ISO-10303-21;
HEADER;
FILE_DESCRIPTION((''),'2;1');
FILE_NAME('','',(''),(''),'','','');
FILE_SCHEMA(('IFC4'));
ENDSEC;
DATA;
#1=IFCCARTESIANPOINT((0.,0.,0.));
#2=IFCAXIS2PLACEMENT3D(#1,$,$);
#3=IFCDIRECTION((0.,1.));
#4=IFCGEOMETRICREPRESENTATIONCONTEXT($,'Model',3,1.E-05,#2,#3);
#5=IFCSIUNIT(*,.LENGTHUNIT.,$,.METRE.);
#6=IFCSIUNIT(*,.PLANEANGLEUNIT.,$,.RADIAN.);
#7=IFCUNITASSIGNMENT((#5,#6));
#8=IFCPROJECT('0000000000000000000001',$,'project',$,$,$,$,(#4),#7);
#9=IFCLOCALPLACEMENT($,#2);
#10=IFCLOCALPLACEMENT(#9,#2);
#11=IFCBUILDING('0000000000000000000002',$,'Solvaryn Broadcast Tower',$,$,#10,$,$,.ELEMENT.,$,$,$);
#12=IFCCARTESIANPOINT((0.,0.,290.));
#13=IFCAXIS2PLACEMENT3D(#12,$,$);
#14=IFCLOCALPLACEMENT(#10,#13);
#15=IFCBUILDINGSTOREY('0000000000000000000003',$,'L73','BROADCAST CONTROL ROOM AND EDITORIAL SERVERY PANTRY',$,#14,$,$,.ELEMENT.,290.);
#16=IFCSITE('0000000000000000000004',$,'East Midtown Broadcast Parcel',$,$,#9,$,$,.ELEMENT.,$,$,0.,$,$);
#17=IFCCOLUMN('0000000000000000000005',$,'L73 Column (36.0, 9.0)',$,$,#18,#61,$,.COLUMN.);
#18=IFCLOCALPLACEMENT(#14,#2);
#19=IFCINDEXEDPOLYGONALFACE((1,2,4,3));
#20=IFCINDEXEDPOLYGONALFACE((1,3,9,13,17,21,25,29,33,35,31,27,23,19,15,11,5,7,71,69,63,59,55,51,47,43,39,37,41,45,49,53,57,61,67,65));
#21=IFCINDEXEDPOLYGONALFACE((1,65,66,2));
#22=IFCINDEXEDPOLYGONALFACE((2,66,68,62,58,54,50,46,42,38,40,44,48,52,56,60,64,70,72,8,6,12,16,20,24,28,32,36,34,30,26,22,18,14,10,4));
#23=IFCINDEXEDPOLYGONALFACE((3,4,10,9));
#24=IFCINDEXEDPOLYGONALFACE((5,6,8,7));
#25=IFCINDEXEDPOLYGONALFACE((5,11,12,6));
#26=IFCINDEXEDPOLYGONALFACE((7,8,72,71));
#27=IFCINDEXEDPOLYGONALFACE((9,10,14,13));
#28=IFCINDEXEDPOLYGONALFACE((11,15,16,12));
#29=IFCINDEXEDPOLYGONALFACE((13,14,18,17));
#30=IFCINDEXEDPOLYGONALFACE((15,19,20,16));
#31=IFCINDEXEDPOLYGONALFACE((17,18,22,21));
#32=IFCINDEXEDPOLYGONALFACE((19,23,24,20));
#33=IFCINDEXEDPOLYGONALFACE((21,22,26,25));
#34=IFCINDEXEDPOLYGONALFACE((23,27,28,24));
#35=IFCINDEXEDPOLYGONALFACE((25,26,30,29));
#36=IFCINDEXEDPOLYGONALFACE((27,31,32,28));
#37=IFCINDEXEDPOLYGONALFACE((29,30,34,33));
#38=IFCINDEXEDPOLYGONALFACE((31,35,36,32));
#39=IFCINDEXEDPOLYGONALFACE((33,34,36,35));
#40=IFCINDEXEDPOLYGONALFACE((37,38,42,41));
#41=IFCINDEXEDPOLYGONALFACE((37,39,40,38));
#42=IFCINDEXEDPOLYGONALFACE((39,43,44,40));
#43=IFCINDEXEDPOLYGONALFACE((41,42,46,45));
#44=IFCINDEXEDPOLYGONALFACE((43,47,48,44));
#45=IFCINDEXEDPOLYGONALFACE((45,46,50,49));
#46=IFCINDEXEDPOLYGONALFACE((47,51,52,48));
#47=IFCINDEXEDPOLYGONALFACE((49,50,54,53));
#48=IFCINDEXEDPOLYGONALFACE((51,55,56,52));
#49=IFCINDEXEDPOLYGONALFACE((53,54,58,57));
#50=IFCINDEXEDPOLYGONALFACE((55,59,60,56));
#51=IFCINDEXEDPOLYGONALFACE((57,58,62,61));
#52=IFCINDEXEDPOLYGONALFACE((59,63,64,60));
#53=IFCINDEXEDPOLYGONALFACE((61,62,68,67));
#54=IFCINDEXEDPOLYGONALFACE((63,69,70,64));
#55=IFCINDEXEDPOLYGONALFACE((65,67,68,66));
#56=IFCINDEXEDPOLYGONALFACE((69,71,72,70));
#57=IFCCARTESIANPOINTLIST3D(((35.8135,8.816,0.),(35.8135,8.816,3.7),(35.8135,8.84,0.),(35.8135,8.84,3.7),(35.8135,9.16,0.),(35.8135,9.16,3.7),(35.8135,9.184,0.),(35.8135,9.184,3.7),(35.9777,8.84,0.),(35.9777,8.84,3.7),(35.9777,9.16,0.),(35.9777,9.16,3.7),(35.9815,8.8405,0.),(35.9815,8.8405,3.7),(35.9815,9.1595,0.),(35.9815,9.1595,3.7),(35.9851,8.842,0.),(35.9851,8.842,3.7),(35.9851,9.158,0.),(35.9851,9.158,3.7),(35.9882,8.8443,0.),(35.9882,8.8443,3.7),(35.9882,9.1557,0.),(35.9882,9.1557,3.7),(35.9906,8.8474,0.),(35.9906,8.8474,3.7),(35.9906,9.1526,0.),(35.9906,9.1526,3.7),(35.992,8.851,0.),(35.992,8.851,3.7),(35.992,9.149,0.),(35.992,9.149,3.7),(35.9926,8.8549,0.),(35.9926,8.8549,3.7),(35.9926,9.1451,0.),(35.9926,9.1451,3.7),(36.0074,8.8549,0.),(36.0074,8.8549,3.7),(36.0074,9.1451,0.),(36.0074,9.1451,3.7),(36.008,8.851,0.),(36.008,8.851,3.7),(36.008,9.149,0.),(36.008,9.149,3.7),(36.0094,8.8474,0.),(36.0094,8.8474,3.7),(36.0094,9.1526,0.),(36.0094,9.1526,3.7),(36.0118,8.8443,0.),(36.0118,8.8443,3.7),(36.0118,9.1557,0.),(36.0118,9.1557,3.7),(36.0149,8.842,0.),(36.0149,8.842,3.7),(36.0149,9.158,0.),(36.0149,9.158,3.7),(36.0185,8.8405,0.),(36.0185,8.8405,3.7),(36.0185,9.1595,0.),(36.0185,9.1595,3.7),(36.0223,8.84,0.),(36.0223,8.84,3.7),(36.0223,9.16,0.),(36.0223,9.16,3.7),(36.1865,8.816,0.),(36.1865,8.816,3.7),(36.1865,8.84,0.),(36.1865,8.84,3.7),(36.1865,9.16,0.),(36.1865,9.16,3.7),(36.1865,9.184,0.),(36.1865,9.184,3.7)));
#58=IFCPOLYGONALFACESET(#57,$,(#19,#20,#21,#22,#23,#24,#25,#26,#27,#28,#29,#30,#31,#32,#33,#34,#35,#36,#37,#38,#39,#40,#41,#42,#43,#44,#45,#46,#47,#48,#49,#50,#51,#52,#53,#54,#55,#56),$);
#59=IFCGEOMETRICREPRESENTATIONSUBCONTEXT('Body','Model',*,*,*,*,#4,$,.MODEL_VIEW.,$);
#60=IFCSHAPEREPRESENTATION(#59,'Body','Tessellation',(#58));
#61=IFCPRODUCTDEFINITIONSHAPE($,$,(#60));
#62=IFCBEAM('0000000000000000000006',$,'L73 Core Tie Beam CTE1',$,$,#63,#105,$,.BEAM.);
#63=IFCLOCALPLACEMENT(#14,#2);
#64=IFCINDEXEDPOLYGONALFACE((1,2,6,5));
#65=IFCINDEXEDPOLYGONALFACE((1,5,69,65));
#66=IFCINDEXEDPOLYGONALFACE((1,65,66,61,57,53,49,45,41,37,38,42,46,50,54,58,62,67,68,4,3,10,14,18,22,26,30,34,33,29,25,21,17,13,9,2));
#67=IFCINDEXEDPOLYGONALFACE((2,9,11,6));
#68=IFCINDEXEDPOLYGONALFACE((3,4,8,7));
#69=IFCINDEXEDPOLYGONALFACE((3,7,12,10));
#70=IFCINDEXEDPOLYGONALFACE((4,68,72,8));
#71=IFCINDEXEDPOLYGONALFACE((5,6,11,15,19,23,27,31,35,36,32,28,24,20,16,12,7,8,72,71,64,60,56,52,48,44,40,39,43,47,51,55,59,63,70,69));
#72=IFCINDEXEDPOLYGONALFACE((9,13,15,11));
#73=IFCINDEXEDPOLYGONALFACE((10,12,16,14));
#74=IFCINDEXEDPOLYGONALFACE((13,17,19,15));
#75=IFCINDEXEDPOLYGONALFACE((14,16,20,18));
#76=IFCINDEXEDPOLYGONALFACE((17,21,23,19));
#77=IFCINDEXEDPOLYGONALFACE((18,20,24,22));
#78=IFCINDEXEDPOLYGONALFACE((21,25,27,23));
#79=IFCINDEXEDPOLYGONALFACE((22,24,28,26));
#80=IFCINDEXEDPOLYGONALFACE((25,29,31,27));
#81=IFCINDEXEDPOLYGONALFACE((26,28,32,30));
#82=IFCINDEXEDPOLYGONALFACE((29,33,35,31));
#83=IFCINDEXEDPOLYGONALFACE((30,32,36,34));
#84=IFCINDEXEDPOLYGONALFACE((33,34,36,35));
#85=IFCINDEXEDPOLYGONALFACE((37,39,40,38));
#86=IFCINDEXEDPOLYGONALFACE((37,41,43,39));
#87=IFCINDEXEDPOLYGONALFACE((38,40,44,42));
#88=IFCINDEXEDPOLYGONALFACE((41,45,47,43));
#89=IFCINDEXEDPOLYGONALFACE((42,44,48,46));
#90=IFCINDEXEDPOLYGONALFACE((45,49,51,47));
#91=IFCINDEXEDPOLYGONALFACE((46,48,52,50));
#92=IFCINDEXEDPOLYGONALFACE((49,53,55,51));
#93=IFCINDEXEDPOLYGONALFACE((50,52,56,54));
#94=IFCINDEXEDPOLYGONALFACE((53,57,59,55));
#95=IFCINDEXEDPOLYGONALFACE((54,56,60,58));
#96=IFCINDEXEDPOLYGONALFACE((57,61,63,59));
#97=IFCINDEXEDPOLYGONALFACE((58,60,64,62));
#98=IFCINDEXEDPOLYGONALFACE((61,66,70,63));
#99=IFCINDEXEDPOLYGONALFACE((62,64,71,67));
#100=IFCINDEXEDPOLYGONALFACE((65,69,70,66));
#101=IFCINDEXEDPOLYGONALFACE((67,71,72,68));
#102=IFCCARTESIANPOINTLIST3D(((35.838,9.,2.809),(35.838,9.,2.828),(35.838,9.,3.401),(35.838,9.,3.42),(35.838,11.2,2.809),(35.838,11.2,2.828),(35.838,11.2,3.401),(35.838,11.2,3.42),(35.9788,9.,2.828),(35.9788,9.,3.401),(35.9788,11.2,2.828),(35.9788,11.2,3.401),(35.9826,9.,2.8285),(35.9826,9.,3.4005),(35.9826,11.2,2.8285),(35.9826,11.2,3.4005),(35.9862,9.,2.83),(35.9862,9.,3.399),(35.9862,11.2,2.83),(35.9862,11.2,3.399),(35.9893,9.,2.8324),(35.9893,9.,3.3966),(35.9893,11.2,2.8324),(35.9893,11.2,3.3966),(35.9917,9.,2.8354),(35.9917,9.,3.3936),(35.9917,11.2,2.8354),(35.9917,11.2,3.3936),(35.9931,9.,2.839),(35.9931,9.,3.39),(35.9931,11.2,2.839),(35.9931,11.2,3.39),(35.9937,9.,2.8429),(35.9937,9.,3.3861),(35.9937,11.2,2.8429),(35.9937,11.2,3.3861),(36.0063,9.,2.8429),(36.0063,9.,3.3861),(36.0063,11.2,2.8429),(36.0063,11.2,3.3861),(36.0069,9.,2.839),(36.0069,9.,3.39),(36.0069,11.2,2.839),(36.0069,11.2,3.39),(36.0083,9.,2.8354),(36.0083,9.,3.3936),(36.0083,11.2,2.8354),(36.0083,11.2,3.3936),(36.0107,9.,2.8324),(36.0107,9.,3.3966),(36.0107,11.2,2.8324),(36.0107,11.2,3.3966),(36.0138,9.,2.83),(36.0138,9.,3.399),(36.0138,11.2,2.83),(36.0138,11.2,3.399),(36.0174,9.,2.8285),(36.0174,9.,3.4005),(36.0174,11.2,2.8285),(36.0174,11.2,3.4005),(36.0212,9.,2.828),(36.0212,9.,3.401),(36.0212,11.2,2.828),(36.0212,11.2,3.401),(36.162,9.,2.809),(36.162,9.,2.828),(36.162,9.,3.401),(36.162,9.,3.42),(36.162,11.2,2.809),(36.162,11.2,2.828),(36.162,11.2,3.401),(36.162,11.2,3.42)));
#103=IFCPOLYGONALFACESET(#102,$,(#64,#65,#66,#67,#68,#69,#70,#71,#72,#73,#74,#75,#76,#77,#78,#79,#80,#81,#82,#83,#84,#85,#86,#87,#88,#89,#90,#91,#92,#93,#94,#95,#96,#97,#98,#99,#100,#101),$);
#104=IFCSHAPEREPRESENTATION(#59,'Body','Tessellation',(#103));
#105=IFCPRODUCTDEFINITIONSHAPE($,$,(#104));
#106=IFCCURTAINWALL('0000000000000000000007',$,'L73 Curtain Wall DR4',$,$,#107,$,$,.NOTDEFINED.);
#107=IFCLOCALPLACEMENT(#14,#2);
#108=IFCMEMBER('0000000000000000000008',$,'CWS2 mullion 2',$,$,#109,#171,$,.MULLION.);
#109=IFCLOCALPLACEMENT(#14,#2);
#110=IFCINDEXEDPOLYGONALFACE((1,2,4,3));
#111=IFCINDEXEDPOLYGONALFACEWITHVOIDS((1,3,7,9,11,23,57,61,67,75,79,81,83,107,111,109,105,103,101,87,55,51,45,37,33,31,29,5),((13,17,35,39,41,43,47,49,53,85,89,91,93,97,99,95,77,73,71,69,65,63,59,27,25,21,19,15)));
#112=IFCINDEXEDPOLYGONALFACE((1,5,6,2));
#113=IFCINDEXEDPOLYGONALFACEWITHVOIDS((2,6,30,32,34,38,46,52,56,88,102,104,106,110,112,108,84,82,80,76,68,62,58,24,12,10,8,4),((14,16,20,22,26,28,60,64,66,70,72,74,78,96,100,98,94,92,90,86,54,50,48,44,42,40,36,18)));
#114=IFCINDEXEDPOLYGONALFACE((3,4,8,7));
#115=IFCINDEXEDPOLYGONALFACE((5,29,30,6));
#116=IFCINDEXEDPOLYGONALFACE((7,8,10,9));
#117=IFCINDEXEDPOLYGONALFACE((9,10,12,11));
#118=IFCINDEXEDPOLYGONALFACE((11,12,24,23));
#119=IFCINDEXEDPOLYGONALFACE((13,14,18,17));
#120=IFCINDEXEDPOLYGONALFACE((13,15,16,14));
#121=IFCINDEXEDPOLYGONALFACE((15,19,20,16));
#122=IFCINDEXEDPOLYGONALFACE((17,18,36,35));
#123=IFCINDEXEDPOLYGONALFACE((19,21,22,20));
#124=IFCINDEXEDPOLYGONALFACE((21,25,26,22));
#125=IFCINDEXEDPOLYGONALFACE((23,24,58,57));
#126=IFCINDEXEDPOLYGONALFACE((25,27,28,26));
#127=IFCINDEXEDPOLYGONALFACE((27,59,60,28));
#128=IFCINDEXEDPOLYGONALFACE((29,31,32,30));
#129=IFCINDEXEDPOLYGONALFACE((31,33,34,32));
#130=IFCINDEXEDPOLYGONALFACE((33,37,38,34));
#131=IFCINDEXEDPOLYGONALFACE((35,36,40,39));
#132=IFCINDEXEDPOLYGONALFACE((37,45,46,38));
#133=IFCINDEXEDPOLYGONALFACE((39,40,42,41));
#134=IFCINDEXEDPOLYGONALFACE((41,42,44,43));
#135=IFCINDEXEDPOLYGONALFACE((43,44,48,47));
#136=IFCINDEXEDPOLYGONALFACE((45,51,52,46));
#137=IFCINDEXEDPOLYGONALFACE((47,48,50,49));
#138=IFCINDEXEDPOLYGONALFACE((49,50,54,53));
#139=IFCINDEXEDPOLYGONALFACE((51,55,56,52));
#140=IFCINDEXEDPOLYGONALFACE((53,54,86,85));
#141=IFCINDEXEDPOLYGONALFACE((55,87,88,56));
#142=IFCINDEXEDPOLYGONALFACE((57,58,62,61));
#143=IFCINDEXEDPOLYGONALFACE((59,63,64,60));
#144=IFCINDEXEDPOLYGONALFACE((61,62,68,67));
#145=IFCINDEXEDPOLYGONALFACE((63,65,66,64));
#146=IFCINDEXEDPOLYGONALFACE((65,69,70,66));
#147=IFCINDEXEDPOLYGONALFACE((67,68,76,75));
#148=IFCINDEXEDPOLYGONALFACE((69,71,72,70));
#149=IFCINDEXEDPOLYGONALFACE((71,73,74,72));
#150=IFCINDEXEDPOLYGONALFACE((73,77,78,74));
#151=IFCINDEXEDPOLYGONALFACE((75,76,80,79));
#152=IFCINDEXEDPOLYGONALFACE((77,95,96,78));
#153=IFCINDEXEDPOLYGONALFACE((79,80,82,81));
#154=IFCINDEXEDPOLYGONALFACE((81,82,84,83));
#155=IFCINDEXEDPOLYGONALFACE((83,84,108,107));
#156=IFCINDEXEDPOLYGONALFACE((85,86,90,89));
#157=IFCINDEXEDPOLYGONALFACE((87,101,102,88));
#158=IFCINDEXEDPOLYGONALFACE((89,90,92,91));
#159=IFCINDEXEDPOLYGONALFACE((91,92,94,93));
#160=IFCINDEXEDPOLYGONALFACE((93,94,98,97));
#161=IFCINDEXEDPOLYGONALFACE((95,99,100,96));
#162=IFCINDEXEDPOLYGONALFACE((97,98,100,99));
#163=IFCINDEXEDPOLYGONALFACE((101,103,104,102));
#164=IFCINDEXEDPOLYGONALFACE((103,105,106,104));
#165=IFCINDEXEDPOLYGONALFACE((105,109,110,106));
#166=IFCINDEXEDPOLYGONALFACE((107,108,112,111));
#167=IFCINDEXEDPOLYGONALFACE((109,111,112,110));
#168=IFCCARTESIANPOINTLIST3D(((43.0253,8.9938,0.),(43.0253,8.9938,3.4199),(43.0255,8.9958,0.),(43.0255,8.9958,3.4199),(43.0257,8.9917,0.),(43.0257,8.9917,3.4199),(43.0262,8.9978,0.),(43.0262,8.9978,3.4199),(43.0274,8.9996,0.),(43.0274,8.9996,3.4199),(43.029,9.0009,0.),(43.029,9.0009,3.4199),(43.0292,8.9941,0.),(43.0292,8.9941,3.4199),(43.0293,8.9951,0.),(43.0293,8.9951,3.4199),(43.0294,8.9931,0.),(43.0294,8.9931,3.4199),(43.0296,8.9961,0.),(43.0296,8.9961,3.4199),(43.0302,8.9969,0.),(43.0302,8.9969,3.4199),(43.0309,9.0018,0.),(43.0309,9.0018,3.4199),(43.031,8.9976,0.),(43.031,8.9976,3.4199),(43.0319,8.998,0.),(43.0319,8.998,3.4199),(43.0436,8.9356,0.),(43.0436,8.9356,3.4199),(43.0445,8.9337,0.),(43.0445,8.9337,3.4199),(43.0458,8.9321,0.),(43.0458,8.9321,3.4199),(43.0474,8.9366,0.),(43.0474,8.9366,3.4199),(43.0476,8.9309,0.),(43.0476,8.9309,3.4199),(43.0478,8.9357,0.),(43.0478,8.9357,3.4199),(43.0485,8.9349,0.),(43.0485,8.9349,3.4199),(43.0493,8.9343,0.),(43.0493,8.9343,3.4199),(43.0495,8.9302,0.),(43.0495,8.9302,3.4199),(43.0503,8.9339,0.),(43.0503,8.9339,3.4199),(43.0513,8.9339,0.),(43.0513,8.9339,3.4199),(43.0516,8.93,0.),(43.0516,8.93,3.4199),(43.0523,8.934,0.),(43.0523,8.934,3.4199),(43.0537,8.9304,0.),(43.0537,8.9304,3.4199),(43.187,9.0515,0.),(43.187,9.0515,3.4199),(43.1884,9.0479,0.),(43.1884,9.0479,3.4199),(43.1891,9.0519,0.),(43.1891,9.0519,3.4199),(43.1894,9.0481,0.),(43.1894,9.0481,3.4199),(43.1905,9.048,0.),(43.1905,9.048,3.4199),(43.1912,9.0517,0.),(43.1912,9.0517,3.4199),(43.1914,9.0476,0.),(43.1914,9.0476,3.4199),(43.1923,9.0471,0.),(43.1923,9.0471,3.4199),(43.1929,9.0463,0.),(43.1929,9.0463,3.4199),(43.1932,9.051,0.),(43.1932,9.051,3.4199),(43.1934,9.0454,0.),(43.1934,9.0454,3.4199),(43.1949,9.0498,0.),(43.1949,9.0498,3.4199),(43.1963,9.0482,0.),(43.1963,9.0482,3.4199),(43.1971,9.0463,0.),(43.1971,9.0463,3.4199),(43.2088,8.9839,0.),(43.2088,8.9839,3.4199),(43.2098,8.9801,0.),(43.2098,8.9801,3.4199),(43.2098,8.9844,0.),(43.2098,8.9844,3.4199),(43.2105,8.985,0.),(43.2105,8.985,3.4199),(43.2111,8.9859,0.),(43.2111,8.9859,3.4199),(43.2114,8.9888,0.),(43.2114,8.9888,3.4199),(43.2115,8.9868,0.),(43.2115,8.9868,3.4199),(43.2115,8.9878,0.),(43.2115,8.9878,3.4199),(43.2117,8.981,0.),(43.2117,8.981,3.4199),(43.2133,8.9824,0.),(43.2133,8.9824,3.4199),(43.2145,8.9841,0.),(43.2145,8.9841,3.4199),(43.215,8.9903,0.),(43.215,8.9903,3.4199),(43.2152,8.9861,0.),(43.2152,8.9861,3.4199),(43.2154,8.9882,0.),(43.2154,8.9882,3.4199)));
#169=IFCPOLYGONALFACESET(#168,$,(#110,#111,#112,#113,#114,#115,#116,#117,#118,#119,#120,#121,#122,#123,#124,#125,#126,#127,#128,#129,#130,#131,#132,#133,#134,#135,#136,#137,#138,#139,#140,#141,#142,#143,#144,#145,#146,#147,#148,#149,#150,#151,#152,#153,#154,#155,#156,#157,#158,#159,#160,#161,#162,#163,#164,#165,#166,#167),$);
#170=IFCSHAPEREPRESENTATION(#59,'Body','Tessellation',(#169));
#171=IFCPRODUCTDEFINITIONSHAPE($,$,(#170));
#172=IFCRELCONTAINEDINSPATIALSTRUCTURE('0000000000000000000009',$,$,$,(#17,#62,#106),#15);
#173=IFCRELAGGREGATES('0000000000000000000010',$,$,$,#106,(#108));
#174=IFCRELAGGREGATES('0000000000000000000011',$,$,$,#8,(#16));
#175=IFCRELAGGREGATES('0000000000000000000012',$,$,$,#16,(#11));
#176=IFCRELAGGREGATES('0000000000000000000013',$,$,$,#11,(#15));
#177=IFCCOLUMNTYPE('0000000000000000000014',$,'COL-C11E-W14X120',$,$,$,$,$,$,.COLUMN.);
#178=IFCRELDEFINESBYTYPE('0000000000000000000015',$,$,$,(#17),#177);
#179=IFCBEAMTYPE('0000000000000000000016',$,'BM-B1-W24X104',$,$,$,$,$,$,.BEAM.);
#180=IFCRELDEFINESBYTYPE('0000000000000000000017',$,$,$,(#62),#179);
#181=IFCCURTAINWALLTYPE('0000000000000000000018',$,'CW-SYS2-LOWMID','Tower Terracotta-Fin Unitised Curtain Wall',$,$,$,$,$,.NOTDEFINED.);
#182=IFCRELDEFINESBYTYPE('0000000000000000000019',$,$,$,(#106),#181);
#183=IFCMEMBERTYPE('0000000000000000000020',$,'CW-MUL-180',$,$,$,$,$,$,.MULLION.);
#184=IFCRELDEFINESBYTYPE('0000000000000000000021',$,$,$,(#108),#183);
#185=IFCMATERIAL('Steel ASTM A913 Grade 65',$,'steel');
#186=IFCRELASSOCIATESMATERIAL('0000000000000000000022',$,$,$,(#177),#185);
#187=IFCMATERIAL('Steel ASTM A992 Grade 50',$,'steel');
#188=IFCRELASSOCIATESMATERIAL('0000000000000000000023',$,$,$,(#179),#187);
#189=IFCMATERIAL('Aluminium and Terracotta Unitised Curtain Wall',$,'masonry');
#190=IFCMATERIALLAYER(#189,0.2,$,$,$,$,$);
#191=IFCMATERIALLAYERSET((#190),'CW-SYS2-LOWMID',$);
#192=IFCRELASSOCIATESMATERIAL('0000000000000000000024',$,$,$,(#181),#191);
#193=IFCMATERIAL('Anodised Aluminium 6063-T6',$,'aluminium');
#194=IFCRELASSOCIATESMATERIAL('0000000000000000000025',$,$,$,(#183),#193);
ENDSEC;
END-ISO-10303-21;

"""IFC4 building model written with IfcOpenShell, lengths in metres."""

from ifc_helpers import new_model, si_unit, direction, frame, origin, origin_2d, place, context, subcontext, project, spatial, hollow_rectangle, i_section, extrude, material, layer, layer_set, material_profile, profile_set, type_object, element, aggregate, save


model = new_model("IFC4")

# Units and contexts
model_context = context("Model", 3, precision=1e-05, world=origin(), true_north=direction((0.0, 1.0)))
body_context = subcontext(model_context, "Body", "Model", "MODEL_VIEW")
ifc_project = project(units=[si_unit("LENGTHUNIT", "METRE"), si_unit("PLANEANGLEUNIT", "RADIAN")], contexts=[model_context])

# Site, building, storey
site_placement = place(None, origin())
site = spatial("IfcSite", under=ifc_project, at=site_placement, Name="East Midtown Broadcast Parcel", CompositionType="ELEMENT", RefElevation=0.0)
building_placement = place(site_placement, origin())
building = spatial("IfcBuilding", under=site, at=building_placement, Name="Solvaryn Broadcast Tower", CompositionType="ELEMENT")
storey_placement = place(building_placement, frame((0.0, 0.0, 290.0)))
storey = spatial("IfcBuildingStorey", under=building, at=storey_placement, Name="L73", Description="BROADCAST CONTROL ROOM AND EDITORIAL SERVERY PANTRY", CompositionType="ELEMENT", Elevation=290.0)

# Column
ifc_material_1 = material(Name="Steel ASTM A913 Grade 65", Category="steel")
ifc_material_profile_1 = material_profile(ifc_material_1, i_section(OverallWidth=0.373, OverallDepth=0.3679, WebThickness=0.0149, FlangeThickness=0.0239, FilletRadius=0.0149, at=origin_2d()))
ifc_profile_set_1 = profile_set([ifc_material_profile_1], Name="Steel ASTM A913 Grade 65")
column_type = type_object("IfcColumnType", Name="COL-C11E-W14X120", PredefinedType="COLUMN", material=ifc_profile_set_1)
column_placement = place(storey_placement, frame((36.0, 9.0, 0.0), z_axis=(0.0, 0.0, 1.0), x_axis=(1.0, 0.0, 0.0)))
element("IfcColumn", 1, at=column_placement, inside=storey, type_object=column_type, Name="L73 Column (36.0, 9.0)", PredefinedType="COLUMN", context=body_context, shape_type="SweptSolid", body=[
    extrude(i_section(OverallWidth=0.373, OverallDepth=0.3679, WebThickness=0.0149, FlangeThickness=0.0239, FilletRadius=0.0149, at=origin_2d()), origin(), (0.0, 0.0, 1.0), 3.7),
])

# Beam
ifc_material_2 = material(Name="Steel ASTM A992 Grade 50", Category="steel")
ifc_material_profile_2 = material_profile(ifc_material_2, i_section(OverallWidth=0.324, OverallDepth=0.6111, WebThickness=0.0127, FlangeThickness=0.019, FilletRadius=0.0149, at=origin_2d()))
ifc_profile_set_2 = profile_set([ifc_material_profile_2], Name="Steel ASTM A992 Grade 50")
beam_type = type_object("IfcBeamType", Name="BM-B1-W24X104", PredefinedType="BEAM", material=ifc_profile_set_2)
beam_placement = place(storey_placement, frame((36.0, 9.0, 3.1145), z_axis=(0.0, 1.0, 0.0), x_axis=(-1.0, 0.0, 0.0)))
element("IfcBeam", 2, at=beam_placement, inside=storey, type_object=beam_type, Name="L73 Core Tie Beam CTE1", PredefinedType="BEAM", context=body_context, shape_type="SweptSolid", body=[
    extrude(i_section(OverallWidth=0.324, OverallDepth=0.6111, WebThickness=0.0127, FlangeThickness=0.019, FilletRadius=0.0149, at=origin_2d()), origin(), (0.0, 0.0, 1.0), 2.2),
])

# Curtain wall, member
ifc_material_3 = material(Name="Aluminium and Terracotta Unitised Curtain Wall", Category="masonry")
ifc_layer_1 = layer(ifc_material_3, 0.2)
ifc_layer_set_1 = layer_set([ifc_layer_1], Name="CW-SYS2-LOWMID")
curtain_wall_type = type_object("IfcCurtainWallType", Name="CW-SYS2-LOWMID", Description="Tower Terracotta-Fin Unitised Curtain Wall", PredefinedType="NOTDEFINED", material=ifc_layer_set_1)
curtain_wall_1_placement = place(storey_placement, origin())
curtain_wall_1 = element("IfcCurtainWall", 3, at=curtain_wall_1_placement, inside=storey, type_object=curtain_wall_type, Name="L73 Curtain Wall DR4", PredefinedType="NOTDEFINED")
ifc_material_4 = material(Name="Anodised Aluminium 6063-T6", Category="aluminium")
ifc_material_profile_3 = material_profile(ifc_material_4, hollow_rectangle(XDim=0.075, YDim=0.1799, WallThickness=0.0039, InnerFilletRadius=0.0039, OuterFilletRadius=0.0081, at=origin_2d()))
ifc_profile_set_3 = profile_set([ifc_material_profile_3], Name="Anodised Aluminium 6063-T6")
member_type = type_object("IfcMemberType", Name="CW-MUL-180", PredefinedType="MULLION", material=ifc_profile_set_3)
member_1_placement = place(storey_placement, frame((43.1204, 8.991, 0.0), z_axis=(0.0, 0.0, 1.0), x_axis=(-0.303616, 0.952795, 0.0)))
member_1 = element("IfcMember", 4, at=member_1_placement, type_object=member_type, Name="CWS2 mullion 2", PredefinedType="MULLION", context=body_context, shape_type="SweptSolid", body=[
    extrude(hollow_rectangle(XDim=0.075, YDim=0.1799, WallThickness=0.0039, InnerFilletRadius=0.0039, OuterFilletRadius=0.0081, at=origin_2d()), origin(), (0.0, 0.0, 1.0), 3.4199),
])

aggregate(curtain_wall_1, [member_1])

save(model, "model.ifc")
